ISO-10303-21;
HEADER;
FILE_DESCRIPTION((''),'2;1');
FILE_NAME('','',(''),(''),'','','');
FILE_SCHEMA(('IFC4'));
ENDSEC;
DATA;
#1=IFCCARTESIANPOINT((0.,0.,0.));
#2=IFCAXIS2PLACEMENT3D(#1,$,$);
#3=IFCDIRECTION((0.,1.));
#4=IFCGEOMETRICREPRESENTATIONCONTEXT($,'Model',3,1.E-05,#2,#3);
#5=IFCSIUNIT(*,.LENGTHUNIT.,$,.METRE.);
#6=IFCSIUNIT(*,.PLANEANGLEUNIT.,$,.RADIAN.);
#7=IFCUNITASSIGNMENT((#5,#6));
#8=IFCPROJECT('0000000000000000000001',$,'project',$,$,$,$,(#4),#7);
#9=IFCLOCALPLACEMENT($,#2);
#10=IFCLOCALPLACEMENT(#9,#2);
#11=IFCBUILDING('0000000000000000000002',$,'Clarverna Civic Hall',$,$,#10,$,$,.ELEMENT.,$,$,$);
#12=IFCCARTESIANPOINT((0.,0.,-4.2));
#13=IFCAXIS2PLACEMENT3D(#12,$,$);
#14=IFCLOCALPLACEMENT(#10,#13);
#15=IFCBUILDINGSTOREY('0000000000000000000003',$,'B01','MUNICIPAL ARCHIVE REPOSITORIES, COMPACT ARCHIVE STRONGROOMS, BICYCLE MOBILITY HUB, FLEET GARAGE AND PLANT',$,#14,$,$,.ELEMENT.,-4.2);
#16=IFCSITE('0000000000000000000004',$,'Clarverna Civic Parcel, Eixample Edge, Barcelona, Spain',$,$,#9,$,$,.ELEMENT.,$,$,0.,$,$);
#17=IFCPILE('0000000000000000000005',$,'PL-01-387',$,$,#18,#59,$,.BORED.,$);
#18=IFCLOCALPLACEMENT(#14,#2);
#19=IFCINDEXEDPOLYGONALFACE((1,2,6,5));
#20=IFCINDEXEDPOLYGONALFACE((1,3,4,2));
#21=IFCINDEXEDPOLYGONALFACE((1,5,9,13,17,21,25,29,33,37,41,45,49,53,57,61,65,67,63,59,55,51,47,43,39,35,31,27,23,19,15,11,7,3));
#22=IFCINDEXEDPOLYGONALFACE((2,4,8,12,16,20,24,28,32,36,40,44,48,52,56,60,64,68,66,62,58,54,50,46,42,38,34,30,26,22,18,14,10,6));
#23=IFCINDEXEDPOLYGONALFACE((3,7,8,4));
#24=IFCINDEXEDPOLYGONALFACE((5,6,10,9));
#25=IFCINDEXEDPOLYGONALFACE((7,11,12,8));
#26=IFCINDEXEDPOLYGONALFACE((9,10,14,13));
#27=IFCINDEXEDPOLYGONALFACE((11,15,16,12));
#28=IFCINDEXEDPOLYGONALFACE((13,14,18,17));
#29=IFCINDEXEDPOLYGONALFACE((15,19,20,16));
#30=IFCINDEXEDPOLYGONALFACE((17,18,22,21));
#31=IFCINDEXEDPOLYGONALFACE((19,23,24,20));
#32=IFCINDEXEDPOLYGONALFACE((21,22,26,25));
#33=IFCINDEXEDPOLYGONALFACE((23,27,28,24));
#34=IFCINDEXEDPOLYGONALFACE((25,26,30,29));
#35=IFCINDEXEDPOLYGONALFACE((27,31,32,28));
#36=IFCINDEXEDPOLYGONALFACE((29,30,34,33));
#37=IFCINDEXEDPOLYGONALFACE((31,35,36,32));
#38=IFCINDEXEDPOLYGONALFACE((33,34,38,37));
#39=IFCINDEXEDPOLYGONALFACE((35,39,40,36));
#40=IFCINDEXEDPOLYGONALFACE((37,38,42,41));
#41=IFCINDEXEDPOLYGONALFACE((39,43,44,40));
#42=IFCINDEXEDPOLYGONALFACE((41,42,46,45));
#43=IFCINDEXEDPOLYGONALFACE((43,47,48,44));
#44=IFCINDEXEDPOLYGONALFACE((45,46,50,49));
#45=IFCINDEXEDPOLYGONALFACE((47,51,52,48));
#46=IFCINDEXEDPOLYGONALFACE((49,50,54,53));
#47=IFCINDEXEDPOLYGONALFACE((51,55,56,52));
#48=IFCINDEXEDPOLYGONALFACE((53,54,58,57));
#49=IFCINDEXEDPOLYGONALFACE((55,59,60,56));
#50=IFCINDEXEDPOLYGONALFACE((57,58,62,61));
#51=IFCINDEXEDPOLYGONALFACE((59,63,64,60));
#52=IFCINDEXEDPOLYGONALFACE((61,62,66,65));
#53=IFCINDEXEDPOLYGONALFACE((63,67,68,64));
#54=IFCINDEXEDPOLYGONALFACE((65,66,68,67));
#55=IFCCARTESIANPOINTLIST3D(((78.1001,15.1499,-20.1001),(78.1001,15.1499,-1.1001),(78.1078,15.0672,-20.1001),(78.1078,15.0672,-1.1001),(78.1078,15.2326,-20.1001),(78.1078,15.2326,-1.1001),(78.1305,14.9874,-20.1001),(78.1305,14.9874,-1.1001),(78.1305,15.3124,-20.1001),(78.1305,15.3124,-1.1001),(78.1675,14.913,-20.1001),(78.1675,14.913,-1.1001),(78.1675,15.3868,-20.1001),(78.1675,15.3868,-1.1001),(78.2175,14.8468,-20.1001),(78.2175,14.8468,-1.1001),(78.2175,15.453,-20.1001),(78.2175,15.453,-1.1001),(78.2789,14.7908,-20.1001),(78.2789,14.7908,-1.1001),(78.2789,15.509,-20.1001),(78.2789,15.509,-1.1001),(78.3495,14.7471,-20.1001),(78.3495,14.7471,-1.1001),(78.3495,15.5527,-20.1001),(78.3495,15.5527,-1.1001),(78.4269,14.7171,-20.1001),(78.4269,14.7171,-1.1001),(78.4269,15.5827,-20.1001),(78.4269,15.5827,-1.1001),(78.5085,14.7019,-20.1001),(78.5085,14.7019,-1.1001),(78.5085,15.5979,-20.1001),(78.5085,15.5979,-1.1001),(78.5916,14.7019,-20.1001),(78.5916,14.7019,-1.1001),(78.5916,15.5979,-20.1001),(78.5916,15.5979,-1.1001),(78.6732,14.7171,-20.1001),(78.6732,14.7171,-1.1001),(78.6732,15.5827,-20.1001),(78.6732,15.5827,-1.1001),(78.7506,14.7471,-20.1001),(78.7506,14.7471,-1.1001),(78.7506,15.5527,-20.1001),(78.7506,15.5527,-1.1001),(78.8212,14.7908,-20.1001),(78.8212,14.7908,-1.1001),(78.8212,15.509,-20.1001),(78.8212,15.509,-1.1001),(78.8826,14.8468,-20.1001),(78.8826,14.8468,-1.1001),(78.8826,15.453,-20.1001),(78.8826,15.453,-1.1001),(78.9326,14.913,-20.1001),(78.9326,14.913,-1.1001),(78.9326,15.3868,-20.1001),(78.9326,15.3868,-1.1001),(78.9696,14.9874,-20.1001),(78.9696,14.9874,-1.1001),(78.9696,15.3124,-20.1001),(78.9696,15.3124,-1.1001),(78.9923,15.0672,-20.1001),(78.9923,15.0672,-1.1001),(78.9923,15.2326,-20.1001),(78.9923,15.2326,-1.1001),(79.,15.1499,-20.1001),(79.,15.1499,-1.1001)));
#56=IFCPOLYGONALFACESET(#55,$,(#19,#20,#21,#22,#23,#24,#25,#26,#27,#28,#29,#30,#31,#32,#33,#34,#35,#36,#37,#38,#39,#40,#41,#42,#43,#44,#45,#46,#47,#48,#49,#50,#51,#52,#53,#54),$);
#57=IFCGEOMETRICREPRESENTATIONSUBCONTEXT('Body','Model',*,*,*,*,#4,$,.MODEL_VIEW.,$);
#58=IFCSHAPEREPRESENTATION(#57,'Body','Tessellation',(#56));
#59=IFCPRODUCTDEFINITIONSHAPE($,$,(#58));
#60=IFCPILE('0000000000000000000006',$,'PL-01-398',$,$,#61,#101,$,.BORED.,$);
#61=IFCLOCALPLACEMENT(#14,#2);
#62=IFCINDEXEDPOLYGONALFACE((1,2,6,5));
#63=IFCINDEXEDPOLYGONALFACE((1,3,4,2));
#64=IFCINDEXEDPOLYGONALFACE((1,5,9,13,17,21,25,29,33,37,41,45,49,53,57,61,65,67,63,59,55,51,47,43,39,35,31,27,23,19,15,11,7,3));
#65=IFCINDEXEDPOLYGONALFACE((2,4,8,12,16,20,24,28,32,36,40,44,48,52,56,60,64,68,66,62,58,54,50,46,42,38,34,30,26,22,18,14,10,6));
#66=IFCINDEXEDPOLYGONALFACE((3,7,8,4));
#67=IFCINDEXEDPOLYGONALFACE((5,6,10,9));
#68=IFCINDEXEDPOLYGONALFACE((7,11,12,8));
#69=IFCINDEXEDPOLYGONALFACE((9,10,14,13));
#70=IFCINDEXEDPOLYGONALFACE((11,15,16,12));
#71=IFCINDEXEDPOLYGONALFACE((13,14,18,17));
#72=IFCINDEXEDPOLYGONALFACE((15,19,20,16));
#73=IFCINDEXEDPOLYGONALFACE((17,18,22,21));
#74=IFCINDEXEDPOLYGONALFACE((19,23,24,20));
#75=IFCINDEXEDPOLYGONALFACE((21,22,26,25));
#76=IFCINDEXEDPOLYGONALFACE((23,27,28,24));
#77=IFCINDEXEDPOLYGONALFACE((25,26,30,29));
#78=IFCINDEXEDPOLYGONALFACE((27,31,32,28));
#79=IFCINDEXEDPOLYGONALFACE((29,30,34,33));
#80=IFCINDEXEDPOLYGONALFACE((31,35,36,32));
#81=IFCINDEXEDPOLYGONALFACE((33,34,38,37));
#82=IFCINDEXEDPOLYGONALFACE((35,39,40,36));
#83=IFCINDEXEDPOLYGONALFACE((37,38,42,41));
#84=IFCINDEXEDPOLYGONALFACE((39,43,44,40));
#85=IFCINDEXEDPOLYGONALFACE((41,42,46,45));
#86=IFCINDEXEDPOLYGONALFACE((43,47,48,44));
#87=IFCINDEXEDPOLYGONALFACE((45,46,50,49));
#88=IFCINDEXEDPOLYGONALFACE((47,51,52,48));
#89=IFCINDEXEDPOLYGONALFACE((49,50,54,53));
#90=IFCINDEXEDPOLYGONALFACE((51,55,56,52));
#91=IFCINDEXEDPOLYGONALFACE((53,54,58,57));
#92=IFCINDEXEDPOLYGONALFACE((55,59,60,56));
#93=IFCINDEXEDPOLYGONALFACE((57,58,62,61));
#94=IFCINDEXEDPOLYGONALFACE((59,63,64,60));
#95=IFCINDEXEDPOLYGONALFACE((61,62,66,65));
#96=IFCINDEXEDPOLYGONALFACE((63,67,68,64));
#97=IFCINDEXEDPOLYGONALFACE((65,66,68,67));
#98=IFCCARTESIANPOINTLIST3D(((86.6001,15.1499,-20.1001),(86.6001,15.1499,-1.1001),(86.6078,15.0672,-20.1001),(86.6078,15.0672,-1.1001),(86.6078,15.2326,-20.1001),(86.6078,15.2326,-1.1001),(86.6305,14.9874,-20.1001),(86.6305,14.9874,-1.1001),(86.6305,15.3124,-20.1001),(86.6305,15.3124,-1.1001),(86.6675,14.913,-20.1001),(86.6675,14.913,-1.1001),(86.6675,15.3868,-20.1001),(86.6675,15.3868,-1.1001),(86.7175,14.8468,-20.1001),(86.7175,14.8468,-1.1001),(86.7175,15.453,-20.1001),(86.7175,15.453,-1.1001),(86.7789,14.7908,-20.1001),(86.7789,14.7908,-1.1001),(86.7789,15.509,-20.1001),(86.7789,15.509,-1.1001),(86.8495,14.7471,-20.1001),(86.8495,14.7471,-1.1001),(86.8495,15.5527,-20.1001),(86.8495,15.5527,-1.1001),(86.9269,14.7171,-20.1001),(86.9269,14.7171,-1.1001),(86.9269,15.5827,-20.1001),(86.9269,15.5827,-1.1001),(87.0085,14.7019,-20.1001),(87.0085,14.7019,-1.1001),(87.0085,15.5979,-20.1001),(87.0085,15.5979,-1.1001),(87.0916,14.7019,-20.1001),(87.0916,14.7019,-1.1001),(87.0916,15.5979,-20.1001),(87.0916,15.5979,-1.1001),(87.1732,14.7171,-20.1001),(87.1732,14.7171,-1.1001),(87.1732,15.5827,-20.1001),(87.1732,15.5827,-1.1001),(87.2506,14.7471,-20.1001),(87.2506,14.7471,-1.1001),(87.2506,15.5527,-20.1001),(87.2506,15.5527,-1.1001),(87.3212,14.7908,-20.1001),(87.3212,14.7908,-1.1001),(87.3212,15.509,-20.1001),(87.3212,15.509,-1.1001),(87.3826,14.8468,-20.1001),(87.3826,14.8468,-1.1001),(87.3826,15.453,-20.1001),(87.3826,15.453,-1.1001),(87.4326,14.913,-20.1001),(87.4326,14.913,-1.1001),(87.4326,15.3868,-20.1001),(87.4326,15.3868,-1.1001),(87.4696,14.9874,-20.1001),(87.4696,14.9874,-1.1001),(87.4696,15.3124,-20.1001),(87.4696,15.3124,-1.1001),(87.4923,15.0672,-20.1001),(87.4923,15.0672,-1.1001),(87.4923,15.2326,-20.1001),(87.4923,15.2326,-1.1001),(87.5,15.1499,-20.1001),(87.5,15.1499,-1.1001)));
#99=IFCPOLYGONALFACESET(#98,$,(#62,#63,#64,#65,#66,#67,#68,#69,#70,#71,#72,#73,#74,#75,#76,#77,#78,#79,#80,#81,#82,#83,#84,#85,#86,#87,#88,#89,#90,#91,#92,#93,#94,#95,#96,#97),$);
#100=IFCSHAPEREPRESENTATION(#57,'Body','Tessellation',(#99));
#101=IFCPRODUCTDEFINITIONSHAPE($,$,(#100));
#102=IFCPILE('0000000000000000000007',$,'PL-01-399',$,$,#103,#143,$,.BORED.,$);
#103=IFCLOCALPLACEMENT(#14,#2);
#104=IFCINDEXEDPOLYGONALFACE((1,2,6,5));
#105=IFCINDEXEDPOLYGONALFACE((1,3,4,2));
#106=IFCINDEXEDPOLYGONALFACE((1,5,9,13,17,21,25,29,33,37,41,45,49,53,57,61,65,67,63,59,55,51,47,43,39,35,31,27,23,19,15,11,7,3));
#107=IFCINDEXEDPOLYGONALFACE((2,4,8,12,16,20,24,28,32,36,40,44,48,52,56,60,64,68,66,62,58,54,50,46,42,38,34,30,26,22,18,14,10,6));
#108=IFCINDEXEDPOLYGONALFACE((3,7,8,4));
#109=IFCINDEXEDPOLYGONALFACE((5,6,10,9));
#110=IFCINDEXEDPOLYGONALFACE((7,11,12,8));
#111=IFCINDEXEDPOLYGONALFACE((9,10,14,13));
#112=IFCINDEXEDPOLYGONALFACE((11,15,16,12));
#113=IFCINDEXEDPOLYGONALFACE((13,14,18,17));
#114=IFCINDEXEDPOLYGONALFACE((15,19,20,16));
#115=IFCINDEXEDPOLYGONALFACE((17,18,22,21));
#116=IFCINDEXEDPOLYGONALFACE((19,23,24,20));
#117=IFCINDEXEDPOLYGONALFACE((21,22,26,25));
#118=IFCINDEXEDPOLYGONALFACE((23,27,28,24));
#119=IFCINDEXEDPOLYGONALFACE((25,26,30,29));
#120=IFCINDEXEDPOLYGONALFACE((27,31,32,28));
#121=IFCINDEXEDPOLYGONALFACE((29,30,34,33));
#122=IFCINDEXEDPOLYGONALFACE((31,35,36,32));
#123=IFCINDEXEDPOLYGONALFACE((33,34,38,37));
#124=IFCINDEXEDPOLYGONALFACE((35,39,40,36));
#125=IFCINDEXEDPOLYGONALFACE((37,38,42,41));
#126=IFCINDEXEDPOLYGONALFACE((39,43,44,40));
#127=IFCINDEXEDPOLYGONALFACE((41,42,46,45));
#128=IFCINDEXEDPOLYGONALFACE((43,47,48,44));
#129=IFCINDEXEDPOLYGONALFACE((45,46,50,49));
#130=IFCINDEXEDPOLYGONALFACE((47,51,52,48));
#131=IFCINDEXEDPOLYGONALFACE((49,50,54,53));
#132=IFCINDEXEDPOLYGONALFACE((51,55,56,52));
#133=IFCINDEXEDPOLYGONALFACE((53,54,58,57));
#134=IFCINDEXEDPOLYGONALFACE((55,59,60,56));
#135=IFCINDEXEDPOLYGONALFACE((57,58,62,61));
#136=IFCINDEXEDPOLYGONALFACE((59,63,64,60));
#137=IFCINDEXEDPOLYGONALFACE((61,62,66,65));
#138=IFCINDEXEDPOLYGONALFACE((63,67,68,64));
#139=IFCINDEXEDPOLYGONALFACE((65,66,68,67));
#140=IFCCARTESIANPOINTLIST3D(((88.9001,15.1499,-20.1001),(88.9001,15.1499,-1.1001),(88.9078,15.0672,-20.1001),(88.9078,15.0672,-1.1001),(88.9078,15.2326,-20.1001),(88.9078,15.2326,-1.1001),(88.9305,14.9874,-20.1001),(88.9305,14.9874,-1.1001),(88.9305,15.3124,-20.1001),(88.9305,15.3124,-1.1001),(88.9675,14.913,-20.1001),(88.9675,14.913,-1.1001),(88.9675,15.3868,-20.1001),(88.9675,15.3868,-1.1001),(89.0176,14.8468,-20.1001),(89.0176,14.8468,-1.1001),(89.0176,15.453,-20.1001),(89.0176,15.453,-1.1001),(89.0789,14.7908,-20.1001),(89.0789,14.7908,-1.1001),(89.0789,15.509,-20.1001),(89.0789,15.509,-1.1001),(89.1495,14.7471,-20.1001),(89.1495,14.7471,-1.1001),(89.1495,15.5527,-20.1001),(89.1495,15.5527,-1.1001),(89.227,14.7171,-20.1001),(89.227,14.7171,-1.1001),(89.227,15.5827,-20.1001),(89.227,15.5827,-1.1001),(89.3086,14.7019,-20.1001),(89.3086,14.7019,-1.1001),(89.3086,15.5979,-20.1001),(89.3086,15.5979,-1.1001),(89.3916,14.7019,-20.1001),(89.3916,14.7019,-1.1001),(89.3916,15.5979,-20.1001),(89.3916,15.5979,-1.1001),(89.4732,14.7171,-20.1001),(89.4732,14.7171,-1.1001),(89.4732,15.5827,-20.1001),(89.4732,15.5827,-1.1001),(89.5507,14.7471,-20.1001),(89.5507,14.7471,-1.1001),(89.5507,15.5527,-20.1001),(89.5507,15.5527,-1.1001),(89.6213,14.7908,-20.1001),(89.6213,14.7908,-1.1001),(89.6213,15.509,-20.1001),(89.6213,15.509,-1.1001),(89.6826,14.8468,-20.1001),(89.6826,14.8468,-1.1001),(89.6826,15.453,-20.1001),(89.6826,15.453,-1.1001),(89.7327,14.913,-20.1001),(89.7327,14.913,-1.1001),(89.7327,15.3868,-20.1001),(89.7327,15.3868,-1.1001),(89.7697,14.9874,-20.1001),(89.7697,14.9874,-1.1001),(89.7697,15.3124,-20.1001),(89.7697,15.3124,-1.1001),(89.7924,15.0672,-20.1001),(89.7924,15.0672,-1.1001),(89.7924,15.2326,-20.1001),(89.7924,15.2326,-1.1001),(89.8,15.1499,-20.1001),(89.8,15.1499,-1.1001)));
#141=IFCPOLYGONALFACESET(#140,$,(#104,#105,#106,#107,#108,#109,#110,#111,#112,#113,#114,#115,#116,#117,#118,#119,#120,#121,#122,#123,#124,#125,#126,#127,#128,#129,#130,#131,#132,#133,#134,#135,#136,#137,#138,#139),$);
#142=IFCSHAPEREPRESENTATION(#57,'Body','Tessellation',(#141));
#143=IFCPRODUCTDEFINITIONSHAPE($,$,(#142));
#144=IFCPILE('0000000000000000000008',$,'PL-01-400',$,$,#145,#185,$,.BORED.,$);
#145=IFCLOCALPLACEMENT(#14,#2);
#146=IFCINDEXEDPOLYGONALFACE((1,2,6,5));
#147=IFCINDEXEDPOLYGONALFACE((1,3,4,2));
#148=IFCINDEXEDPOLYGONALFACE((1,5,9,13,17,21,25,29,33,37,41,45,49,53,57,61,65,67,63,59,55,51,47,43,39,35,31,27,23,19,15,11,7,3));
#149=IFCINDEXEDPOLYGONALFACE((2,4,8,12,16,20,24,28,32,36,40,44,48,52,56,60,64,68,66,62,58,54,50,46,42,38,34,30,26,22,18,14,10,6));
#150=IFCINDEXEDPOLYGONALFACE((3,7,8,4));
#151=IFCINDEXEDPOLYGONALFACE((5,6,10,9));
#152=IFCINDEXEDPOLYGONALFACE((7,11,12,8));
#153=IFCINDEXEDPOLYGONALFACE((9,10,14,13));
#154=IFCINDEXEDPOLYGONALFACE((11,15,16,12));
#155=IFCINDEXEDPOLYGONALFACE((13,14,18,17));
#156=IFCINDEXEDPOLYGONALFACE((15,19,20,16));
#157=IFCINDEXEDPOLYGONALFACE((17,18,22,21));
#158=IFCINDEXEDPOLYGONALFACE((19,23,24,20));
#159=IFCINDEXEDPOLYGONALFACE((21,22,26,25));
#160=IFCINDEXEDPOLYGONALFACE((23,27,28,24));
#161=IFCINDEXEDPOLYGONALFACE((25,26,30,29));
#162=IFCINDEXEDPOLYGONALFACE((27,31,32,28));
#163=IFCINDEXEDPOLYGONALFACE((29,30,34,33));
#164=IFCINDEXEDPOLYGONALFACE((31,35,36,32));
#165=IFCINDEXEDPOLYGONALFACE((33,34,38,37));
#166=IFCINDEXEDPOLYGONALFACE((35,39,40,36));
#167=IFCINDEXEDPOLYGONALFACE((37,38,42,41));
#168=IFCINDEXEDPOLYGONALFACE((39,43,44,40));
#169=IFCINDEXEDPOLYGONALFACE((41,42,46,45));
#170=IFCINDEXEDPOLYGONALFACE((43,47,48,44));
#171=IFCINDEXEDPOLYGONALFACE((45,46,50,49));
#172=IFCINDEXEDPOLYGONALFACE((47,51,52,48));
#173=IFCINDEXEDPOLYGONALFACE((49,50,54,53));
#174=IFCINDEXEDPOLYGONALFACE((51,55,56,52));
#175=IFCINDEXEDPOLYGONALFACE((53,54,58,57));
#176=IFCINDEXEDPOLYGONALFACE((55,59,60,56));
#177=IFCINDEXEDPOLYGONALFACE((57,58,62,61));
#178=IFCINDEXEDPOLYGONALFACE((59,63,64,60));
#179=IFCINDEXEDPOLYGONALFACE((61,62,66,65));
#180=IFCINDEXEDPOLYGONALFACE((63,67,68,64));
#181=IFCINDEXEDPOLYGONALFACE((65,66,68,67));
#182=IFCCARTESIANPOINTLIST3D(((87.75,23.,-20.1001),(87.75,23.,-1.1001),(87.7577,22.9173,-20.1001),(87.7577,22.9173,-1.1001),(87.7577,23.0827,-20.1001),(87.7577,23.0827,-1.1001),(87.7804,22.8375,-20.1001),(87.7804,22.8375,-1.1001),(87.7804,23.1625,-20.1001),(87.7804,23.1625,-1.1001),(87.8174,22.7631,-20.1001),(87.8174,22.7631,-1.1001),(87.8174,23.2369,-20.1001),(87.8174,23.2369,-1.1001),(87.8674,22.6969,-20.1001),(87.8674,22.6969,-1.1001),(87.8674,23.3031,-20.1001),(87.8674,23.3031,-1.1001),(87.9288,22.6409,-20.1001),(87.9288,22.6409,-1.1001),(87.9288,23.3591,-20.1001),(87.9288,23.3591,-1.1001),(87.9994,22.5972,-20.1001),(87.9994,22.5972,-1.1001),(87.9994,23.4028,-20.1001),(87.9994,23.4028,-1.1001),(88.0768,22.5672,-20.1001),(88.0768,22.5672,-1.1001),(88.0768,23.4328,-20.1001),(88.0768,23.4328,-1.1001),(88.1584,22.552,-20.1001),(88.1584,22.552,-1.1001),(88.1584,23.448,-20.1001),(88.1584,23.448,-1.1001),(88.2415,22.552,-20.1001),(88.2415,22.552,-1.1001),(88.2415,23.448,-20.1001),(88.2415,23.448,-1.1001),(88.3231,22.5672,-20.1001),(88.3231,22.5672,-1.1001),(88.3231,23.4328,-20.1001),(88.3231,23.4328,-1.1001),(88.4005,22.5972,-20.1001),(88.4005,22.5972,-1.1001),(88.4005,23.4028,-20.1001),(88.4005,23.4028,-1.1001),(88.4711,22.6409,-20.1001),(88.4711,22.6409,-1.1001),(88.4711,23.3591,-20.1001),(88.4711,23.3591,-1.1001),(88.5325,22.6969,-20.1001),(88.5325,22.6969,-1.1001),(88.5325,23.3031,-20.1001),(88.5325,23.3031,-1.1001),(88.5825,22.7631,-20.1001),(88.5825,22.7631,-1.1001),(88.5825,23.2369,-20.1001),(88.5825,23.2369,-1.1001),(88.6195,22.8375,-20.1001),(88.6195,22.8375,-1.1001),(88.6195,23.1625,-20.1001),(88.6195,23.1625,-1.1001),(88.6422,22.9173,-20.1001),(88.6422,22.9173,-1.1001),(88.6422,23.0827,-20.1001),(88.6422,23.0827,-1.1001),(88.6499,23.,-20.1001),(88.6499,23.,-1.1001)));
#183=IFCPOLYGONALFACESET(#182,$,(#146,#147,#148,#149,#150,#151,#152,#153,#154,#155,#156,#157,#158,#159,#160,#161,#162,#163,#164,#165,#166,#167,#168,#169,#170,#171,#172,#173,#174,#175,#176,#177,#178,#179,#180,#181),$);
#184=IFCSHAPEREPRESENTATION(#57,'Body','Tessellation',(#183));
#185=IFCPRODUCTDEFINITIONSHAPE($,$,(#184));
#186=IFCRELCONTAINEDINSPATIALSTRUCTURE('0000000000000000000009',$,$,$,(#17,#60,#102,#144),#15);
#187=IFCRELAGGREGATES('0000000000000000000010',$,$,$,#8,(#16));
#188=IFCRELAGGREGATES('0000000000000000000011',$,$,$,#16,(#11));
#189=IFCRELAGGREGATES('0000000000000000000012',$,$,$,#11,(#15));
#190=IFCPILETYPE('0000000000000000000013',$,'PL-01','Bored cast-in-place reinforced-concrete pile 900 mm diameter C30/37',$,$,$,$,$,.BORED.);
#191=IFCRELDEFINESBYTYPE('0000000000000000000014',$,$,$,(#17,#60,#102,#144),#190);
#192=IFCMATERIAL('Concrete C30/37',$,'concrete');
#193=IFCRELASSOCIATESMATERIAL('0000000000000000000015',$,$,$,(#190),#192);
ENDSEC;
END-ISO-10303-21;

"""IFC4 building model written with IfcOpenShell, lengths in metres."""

from ifc_helpers import new_model, si_unit, direction, frame, origin, origin_2d, place, context, subcontext, project, spatial, circle, extrude, material, material_profile, profile_set, type_object, element, save


model = new_model("IFC4")

# Units and contexts
model_context = context("Model", 3, precision=1e-05, world=origin(), true_north=direction((0.0, 1.0)))
body_context = subcontext(model_context, "Body", "Model", "MODEL_VIEW")
ifc_project = project(units=[si_unit("LENGTHUNIT", "METRE"), si_unit("PLANEANGLEUNIT", "RADIAN")], contexts=[model_context])

# Site, building, storey
site_placement = place(None, origin())
site = spatial("IfcSite", under=ifc_project, at=site_placement, Name="Clarverna Civic Parcel, Eixample Edge, Barcelona, Spain", CompositionType="ELEMENT", RefElevation=0.0)
building_placement = place(site_placement, origin())
building = spatial("IfcBuilding", under=site, at=building_placement, Name="Clarverna Civic Hall", CompositionType="ELEMENT")
storey_placement = place(building_placement, frame((0.0, 0.0, -4.2)))
storey = spatial("IfcBuildingStorey", under=building, at=storey_placement, Name="B01", Description="MUNICIPAL ARCHIVE REPOSITORIES, COMPACT ARCHIVE STRONGROOMS, BICYCLE MOBILITY HUB, FLEET GARAGE AND PLANT", CompositionType="ELEMENT", Elevation=-4.2)

# Shared definitions
ifc_material_1 = material(Name="Concrete C30/37", Category="concrete")

# Piles
ifc_material_profile_1 = material_profile(ifc_material_1, circle(Radius=0.45, at=origin_2d()), Name="BORED PILE D900")
ifc_profile_set_1 = profile_set([ifc_material_profile_1], Name="Concrete C30/37")
pile_type = type_object("IfcPileType", Name="PL-01", Description="Bored cast-in-place reinforced-concrete pile 900 mm diameter C30/37", PredefinedType="BORED", material=ifc_profile_set_1)
for number, where, z_axis, x_axis, name in (
    (1, (78.55, 15.1499, -1.1001), (0.0, 0.0, -1.0), (1.0, 0.0, 0.0), "PL-01-387"),
    (2, (87.05, 15.1499, -1.1001), (0.0, 0.0, -1.0), (1.0, 0.0, 0.0), "PL-01-398"),
    (3, (89.3501, 15.1499, -1.1001), (0.0, 0.0, -1.0), (1.0, 0.0, 0.0), "PL-01-399"),
    (4, (88.2, 23.0, -1.1001), (0.0, 0.0, -1.0), (1.0, 0.0, 0.0), "PL-01-400"),
):
    element("IfcPile", number, at=place(storey_placement, frame(where, z_axis=z_axis, x_axis=x_axis)), inside=storey, type_object=pile_type, Name=name, PredefinedType="BORED", context=body_context, shape_type="SweptSolid", body=[
        extrude(circle(Radius=0.45, at=origin_2d()), origin(), (0.0, 0.0, 1.0), 19.0),
    ])

save(model, "model.ifc")
